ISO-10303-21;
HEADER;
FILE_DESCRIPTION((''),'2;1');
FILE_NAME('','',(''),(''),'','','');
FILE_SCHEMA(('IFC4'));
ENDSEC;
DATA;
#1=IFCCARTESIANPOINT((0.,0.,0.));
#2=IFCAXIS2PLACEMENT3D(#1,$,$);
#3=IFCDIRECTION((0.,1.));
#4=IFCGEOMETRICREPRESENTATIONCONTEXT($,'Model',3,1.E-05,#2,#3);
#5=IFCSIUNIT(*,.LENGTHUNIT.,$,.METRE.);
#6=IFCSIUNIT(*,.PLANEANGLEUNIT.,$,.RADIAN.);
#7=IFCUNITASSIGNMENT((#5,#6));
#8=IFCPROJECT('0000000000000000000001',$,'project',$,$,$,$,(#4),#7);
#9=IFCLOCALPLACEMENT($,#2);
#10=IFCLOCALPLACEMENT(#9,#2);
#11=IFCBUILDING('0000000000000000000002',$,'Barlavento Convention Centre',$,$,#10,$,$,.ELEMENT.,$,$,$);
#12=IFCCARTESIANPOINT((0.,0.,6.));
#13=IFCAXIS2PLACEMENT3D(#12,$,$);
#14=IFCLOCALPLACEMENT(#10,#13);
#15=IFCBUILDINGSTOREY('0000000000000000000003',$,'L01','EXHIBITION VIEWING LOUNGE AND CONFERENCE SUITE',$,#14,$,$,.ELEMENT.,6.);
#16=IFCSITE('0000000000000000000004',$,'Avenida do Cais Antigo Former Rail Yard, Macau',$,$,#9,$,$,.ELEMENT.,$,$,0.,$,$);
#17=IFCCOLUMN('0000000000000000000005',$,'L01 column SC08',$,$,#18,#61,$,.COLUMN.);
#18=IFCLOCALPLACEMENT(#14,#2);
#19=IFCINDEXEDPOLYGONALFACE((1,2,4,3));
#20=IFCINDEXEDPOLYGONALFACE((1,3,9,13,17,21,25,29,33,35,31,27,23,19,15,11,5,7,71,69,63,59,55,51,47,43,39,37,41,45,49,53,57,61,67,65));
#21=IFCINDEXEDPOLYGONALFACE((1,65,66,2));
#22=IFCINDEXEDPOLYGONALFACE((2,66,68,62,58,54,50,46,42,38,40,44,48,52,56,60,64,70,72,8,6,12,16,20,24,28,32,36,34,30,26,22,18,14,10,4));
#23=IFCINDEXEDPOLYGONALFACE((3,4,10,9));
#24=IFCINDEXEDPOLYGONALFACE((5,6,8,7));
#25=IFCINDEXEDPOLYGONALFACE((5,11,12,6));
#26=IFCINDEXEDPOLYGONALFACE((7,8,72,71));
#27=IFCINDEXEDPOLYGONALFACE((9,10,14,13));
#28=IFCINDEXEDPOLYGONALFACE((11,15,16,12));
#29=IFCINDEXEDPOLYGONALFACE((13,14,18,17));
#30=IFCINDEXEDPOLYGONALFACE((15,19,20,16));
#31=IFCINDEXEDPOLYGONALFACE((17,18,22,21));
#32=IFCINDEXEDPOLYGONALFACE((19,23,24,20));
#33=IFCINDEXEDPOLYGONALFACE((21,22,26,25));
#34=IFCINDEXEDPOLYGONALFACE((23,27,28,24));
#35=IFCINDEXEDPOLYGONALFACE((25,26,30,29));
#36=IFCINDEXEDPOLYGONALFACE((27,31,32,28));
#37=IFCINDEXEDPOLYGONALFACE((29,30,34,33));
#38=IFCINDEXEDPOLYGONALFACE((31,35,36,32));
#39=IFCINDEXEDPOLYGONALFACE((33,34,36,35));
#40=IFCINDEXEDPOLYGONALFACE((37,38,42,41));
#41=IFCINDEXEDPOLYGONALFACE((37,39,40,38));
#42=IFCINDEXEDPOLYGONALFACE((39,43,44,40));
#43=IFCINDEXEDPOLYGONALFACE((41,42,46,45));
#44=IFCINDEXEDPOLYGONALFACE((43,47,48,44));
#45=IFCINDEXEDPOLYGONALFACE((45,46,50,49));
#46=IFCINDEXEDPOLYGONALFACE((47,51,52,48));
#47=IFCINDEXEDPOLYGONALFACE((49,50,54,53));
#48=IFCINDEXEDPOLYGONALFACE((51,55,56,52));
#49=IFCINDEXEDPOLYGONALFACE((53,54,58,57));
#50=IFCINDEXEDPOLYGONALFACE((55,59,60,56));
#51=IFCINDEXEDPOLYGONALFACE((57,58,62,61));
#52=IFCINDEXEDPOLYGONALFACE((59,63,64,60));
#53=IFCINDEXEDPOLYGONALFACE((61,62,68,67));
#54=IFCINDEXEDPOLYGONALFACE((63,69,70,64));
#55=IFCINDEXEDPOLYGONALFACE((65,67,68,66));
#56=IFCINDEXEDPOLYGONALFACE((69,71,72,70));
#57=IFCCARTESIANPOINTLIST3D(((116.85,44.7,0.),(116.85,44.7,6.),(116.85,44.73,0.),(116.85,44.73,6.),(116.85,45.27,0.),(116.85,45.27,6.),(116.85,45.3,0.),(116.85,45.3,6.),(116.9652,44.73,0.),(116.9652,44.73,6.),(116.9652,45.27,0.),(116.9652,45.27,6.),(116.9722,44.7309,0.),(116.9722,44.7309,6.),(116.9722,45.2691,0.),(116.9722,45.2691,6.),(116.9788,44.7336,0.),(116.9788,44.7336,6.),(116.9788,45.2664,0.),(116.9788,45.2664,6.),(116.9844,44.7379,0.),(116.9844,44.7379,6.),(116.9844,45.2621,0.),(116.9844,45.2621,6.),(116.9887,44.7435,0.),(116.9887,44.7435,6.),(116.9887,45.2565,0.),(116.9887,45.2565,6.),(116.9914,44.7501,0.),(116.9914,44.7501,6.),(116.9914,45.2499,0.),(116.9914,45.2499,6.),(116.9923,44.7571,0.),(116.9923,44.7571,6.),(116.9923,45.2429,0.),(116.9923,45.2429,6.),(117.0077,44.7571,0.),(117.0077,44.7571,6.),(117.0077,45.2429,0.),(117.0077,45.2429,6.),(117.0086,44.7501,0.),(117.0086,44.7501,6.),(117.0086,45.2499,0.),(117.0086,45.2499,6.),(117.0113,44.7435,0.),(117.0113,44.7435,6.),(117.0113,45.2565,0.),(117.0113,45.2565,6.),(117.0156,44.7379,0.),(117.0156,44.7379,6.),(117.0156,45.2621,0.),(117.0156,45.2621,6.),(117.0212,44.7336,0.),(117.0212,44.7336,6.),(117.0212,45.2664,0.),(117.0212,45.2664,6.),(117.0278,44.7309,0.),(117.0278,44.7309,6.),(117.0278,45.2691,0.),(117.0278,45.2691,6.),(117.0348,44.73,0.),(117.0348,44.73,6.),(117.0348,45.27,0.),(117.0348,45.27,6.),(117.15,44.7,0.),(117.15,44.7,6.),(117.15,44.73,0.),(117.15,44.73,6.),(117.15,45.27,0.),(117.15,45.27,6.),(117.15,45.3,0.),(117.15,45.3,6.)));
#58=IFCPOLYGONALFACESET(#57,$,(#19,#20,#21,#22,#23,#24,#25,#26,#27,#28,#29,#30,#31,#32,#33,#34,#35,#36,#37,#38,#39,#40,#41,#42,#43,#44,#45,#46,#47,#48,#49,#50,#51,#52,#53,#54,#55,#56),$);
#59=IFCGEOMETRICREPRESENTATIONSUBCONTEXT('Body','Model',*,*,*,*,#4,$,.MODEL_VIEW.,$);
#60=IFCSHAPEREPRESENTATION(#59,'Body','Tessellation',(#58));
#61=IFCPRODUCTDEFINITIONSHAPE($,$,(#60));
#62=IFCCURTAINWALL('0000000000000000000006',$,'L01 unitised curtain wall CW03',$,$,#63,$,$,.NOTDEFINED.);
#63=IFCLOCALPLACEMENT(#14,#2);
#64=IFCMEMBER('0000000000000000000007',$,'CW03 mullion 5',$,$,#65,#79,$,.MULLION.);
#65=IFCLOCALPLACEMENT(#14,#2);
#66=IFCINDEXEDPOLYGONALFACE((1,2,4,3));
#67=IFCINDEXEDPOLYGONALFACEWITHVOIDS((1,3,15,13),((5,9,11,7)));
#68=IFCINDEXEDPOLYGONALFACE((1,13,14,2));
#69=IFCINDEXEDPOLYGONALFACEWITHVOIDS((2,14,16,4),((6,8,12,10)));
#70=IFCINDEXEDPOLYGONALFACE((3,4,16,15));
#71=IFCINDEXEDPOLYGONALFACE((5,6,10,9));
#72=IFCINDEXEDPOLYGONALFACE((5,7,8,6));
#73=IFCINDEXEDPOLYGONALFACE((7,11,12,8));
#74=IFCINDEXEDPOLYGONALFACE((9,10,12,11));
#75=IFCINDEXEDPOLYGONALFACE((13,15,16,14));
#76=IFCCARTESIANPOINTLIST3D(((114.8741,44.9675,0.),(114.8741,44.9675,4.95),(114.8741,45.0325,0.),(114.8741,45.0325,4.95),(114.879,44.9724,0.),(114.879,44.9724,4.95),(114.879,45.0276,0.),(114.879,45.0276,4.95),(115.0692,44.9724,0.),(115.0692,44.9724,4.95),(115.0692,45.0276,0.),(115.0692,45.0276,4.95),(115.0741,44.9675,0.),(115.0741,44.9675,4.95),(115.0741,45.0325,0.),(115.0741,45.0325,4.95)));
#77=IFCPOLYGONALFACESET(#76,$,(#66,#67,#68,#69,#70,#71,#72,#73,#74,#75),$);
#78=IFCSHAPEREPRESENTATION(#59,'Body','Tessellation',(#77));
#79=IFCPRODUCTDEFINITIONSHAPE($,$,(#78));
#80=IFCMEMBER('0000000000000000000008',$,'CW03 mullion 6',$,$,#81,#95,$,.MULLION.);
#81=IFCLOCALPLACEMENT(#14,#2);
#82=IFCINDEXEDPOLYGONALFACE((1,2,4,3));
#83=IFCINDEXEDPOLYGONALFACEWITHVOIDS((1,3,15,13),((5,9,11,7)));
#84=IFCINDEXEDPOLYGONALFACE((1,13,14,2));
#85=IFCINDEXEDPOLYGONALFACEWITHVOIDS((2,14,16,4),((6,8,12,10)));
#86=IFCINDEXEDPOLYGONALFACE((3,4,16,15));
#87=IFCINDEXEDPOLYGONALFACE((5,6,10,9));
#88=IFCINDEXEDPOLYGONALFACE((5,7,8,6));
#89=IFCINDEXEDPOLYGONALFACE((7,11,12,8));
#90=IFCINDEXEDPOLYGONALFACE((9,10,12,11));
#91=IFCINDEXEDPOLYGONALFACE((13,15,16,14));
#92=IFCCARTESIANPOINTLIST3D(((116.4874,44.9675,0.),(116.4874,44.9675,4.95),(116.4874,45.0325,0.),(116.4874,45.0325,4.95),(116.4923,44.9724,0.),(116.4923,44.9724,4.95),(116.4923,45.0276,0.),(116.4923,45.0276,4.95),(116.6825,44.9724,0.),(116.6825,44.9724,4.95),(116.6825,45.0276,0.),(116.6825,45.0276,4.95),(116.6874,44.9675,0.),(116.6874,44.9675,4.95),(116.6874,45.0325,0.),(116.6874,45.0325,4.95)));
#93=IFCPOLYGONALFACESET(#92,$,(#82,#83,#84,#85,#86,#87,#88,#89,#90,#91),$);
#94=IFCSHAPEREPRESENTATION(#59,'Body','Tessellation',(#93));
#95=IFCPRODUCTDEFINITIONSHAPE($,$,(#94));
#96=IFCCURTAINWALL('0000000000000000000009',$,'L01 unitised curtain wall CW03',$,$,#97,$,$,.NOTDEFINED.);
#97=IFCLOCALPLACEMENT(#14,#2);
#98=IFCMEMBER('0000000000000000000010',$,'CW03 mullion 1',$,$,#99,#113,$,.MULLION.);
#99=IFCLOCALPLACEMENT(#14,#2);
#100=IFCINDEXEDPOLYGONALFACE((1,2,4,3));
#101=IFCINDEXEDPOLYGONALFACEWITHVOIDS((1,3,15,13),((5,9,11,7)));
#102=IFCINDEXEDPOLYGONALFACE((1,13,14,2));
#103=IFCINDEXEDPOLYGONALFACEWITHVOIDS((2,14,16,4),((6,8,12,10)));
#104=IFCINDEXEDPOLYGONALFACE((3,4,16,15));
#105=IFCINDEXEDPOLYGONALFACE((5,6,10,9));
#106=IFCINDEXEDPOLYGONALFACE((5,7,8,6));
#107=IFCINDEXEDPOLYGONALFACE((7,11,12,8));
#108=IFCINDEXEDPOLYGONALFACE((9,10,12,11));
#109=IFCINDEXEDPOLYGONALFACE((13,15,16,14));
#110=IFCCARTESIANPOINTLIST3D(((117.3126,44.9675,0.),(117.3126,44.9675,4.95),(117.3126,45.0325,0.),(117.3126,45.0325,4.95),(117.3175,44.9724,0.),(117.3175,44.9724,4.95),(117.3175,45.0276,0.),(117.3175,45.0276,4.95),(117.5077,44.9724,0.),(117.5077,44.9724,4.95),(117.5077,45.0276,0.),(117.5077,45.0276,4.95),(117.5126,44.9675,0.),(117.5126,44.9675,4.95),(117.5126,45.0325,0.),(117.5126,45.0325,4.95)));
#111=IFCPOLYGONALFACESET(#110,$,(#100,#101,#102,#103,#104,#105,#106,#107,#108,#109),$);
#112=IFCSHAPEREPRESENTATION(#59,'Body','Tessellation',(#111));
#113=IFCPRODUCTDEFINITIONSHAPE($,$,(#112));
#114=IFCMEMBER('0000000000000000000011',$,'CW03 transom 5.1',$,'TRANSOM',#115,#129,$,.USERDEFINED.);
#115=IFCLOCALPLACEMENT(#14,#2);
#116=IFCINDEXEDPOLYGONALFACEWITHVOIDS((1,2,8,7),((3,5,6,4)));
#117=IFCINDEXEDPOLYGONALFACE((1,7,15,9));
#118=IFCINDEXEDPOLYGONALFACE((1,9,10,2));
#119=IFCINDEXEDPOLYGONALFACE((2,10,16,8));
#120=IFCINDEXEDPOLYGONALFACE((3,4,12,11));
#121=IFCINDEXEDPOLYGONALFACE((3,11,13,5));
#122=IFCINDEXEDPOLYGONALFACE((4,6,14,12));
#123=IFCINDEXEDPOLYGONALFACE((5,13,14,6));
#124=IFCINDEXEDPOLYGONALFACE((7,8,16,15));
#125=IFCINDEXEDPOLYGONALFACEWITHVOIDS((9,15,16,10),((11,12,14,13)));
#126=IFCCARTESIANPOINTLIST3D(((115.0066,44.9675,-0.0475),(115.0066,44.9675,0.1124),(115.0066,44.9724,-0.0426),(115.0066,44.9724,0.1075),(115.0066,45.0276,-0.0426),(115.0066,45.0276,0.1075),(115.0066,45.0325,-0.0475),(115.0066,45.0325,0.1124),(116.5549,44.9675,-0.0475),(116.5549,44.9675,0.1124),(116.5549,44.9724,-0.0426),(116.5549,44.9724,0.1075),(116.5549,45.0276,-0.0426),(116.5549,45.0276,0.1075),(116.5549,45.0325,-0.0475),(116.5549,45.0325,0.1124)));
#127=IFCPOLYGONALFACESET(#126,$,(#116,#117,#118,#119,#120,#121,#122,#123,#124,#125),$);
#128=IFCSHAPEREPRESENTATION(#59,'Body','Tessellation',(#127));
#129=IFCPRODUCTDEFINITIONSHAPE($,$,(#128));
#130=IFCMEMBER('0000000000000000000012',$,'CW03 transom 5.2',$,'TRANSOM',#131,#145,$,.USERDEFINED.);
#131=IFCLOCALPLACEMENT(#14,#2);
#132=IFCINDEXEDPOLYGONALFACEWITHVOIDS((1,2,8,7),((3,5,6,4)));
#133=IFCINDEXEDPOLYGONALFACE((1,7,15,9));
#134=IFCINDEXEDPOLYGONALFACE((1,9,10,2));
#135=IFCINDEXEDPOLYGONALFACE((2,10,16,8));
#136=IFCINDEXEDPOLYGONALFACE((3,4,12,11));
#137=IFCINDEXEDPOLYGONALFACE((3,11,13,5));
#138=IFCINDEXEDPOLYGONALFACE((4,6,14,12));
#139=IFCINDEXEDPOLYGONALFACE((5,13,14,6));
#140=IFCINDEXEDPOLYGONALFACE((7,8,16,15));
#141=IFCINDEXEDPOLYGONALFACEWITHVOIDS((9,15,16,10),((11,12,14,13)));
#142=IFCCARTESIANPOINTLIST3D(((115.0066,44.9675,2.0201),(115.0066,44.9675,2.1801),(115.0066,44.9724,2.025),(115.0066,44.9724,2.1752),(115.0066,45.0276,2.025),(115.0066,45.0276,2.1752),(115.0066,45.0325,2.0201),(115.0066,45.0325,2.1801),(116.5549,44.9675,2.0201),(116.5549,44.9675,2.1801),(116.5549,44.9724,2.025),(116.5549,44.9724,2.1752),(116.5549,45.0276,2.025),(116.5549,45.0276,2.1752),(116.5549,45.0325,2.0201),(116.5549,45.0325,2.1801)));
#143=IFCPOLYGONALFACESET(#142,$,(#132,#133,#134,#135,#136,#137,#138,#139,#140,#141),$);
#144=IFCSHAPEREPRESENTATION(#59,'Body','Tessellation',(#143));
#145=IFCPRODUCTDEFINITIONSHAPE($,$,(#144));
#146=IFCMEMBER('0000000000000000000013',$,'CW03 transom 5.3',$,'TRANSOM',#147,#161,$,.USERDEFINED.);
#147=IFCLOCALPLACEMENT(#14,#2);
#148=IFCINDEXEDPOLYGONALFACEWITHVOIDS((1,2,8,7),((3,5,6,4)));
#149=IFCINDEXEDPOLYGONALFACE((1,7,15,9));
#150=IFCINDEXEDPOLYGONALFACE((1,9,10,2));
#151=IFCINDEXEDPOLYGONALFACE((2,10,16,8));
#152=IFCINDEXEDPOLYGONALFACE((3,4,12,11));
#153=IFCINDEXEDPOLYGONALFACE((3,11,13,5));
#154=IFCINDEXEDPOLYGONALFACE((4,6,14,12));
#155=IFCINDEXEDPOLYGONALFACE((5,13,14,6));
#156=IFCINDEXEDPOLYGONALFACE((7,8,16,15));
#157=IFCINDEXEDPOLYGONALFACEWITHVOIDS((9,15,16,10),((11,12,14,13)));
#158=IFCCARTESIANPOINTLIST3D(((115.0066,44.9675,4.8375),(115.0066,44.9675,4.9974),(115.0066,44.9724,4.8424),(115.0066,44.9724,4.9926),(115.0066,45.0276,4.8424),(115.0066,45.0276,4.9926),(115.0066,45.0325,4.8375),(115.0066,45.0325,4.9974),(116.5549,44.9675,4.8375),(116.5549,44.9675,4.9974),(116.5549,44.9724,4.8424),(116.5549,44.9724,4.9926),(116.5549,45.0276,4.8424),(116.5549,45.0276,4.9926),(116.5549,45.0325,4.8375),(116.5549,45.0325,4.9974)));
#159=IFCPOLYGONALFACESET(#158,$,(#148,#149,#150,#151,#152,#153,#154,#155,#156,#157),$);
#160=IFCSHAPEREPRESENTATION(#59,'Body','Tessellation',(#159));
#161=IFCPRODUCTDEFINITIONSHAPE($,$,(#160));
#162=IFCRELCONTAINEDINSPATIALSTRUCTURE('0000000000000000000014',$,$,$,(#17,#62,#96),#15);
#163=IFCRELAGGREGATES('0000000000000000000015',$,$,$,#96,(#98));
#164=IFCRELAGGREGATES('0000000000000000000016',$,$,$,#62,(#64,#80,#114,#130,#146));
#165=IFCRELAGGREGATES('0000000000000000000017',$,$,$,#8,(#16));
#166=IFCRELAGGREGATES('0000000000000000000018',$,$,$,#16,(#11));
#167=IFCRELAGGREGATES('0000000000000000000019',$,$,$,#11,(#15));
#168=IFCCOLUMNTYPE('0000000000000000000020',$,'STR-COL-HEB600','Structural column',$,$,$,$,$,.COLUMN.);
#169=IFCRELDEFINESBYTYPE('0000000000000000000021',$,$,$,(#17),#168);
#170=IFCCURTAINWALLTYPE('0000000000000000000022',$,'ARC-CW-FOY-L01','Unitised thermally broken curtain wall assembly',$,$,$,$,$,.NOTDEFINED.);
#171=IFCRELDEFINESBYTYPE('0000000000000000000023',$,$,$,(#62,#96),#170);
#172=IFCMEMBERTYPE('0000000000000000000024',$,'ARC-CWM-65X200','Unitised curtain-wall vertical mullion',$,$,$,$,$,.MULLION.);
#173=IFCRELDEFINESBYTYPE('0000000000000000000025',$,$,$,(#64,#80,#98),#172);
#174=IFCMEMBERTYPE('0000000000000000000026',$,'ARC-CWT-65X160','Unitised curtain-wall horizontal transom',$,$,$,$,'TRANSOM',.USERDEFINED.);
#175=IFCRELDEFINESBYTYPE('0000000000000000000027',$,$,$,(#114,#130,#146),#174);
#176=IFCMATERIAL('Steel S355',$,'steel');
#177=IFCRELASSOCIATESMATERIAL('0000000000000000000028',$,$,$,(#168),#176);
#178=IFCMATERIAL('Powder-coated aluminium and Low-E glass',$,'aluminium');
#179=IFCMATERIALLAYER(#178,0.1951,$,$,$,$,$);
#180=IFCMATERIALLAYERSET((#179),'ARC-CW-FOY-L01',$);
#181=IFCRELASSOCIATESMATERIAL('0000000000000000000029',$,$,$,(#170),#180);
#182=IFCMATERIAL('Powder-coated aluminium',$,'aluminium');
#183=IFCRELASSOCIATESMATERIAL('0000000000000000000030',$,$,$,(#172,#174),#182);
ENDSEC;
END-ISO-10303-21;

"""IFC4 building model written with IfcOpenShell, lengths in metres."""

from ifc_helpers import new_model, si_unit, direction, frame, origin, origin_2d, place, context, subcontext, project, spatial, hollow_rectangle, i_section, extrude, material, layer, layer_set, material_profile, profile_set, type_object, element, aggregate, save


model = new_model("IFC4")

# Units and contexts
model_context = context("Model", 3, precision=1e-05, world=origin(), true_north=direction((0.0, 1.0)))
body_context = subcontext(model_context, "Body", "Model", "MODEL_VIEW")
ifc_project = project(units=[si_unit("LENGTHUNIT", "METRE"), si_unit("PLANEANGLEUNIT", "RADIAN")], contexts=[model_context])

# Site, building, storey
site_placement = place(None, origin())
site = spatial("IfcSite", under=ifc_project, at=site_placement, Name="Avenida do Cais Antigo Former Rail Yard, Macau", CompositionType="ELEMENT", RefElevation=0.0)
building_placement = place(site_placement, origin())
building = spatial("IfcBuilding", under=site, at=building_placement, Name="Barlavento Convention Centre", CompositionType="ELEMENT")
storey_placement = place(building_placement, frame((0.0, 0.0, 6.0)))
storey = spatial("IfcBuildingStorey", under=building, at=storey_placement, Name="L01", Description="EXHIBITION VIEWING LOUNGE AND CONFERENCE SUITE", CompositionType="ELEMENT", Elevation=6.0)

# Column
ifc_material_1 = material(Name="Steel S355", Category="steel")
ifc_material_profile_1 = material_profile(ifc_material_1, i_section(OverallWidth=0.3, OverallDepth=0.6001, WebThickness=0.0154, FlangeThickness=0.03, FilletRadius=0.0271, at=origin_2d()), Name="HEB 600")
ifc_profile_set_1 = profile_set([ifc_material_profile_1], Name="Steel S355")
column_type = type_object("IfcColumnType", Name="STR-COL-HEB600", Description="Structural column", PredefinedType="COLUMN", material=ifc_profile_set_1)
column_placement = place(storey_placement, frame((117.0, 45.0, 0.0), z_axis=(0.0, 0.0, 1.0), x_axis=(1.0, 0.0, 0.0)))
element("IfcColumn", 1, at=column_placement, inside=storey, type_object=column_type, Name="L01 column SC08", PredefinedType="COLUMN", context=body_context, shape_type="SweptSolid", body=[
    extrude(i_section(OverallWidth=0.3, OverallDepth=0.6001, WebThickness=0.0154, FlangeThickness=0.03, FilletRadius=0.0271, at=origin_2d()), origin(), (0.0, 0.0, 1.0), 6.0),
])

# Curtain wall, members
ifc_material_2 = material(Name="Powder-coated aluminium and Low-E glass", Category="aluminium")
ifc_layer_1 = layer(ifc_material_2, 0.1951)
ifc_layer_set_1 = layer_set([ifc_layer_1], Name="ARC-CW-FOY-L01")
curtain_wall_type = type_object("IfcCurtainWallType", Name="ARC-CW-FOY-L01", Description="Unitised thermally broken curtain wall assembly", PredefinedType="NOTDEFINED", material=ifc_layer_set_1)
curtain_wall_1_placement = place(storey_placement, origin())
curtain_wall_1 = element("IfcCurtainWall", 2, at=curtain_wall_1_placement, inside=storey, type_object=curtain_wall_type, Name="L01 unitised curtain wall CW03", PredefinedType="NOTDEFINED")
ifc_material_3 = material(Name="Powder-coated aluminium", Category="aluminium")
ifc_material_profile_2 = material_profile(ifc_material_3, hollow_rectangle(XDim=0.0649, YDim=0.2, WallThickness=0.0049, at=origin_2d()), Name="AL-MULL 65x200x5")
ifc_profile_set_2 = profile_set([ifc_material_profile_2], Name="Powder-coated aluminium")
member_type_1 = type_object("IfcMemberType", Name="ARC-CWM-65X200", Description="Unitised curtain-wall vertical mullion", PredefinedType="MULLION", material=ifc_profile_set_2)
member_1_placement = place(storey_placement, frame((114.9741, 45.0, 0.0), z_axis=(0.0, 0.0, 1.0), x_axis=(0.0, 1.0, 0.0)))
member_1 = element("IfcMember", 3, at=member_1_placement, type_object=member_type_1, Name="CW03 mullion 5", PredefinedType="MULLION", context=body_context, shape_type="SweptSolid", body=[
    extrude(hollow_rectangle(XDim=0.0649, YDim=0.2, WallThickness=0.0049, at=origin_2d()), origin(), (0.0, 0.0, 1.0), 4.95),
])
member_2_placement = place(storey_placement, frame((116.5874, 45.0, 0.0), z_axis=(0.0, 0.0, 1.0), x_axis=(0.0, 1.0, 0.0)))
member_2 = element("IfcMember", 4, at=member_2_placement, type_object=member_type_1, Name="CW03 mullion 6", PredefinedType="MULLION", context=body_context, shape_type="SweptSolid", body=[
    extrude(hollow_rectangle(XDim=0.0649, YDim=0.2, WallThickness=0.0049, at=origin_2d()), origin(), (0.0, 0.0, 1.0), 4.95),
])

# Curtain wall, member
curtain_wall_2_placement = place(storey_placement, origin())
curtain_wall_2 = element("IfcCurtainWall", 5, at=curtain_wall_2_placement, inside=storey, type_object=curtain_wall_type, Name="L01 unitised curtain wall CW03", PredefinedType="NOTDEFINED")
member_3_placement = place(storey_placement, frame((117.4126, 45.0, 0.0), z_axis=(0.0, 0.0, 1.0), x_axis=(0.0, 1.0, 0.0)))
member_3 = element("IfcMember", 6, at=member_3_placement, type_object=member_type_1, Name="CW03 mullion 1", PredefinedType="MULLION", context=body_context, shape_type="SweptSolid", body=[
    extrude(hollow_rectangle(XDim=0.0649, YDim=0.2, WallThickness=0.0049, at=origin_2d()), origin(), (0.0, 0.0, 1.0), 4.95),
])
aggregate(curtain_wall_2, [member_3])

# Members
ifc_material_profile_3 = material_profile(ifc_material_3, hollow_rectangle(XDim=0.0649, YDim=0.1599, WallThickness=0.0049, at=origin_2d()), Name="AL-TRAN 65x160x5")
ifc_profile_set_3 = profile_set([ifc_material_profile_3], Name="Powder-coated aluminium")
member_type_2 = type_object("IfcMemberType", Name="ARC-CWT-65X160", Description="Unitised curtain-wall horizontal transom", ElementType="TRANSOM", PredefinedType="USERDEFINED", material=ifc_profile_set_3)
member_4_placement = place(storey_placement, frame((115.0066, 45.0, 0.0325), z_axis=(1.0, 0.0, 0.0), x_axis=(0.0, 1.0, 0.0)))
member_4 = element("IfcMember", 7, at=member_4_placement, type_object=member_type_2, Name="CW03 transom 5.1", ObjectType="TRANSOM", PredefinedType="USERDEFINED", context=body_context, shape_type="SweptSolid", body=[
    extrude(hollow_rectangle(XDim=0.0649, YDim=0.1599, WallThickness=0.0049, at=origin_2d()), origin(), (0.0, 0.0, 1.0), 1.5483),
])
member_5_placement = place(storey_placement, frame((115.0066, 45.0, 2.1001), z_axis=(1.0, 0.0, 0.0), x_axis=(0.0, 1.0, 0.0)))
member_5 = element("IfcMember", 8, at=member_5_placement, type_object=member_type_2, Name="CW03 transom 5.2", ObjectType="TRANSOM", PredefinedType="USERDEFINED", context=body_context, shape_type="SweptSolid", body=[
    extrude(hollow_rectangle(XDim=0.0649, YDim=0.1599, WallThickness=0.0049, at=origin_2d()), origin(), (0.0, 0.0, 1.0), 1.5483),
])
member_6_placement = place(storey_placement, frame((115.0066, 45.0, 4.9175), z_axis=(1.0, 0.0, 0.0), x_axis=(0.0, 1.0, 0.0)))
member_6 = element("IfcMember", 9, at=member_6_placement, type_object=member_type_2, Name="CW03 transom 5.3", ObjectType="TRANSOM", PredefinedType="USERDEFINED", context=body_context, shape_type="SweptSolid", body=[
    extrude(hollow_rectangle(XDim=0.0649, YDim=0.1599, WallThickness=0.0049, at=origin_2d()), origin(), (0.0, 0.0, 1.0), 1.5483),
])

aggregate(curtain_wall_1, [member_1, member_2, member_4, member_5, member_6])

save(model, "model.ifc")
